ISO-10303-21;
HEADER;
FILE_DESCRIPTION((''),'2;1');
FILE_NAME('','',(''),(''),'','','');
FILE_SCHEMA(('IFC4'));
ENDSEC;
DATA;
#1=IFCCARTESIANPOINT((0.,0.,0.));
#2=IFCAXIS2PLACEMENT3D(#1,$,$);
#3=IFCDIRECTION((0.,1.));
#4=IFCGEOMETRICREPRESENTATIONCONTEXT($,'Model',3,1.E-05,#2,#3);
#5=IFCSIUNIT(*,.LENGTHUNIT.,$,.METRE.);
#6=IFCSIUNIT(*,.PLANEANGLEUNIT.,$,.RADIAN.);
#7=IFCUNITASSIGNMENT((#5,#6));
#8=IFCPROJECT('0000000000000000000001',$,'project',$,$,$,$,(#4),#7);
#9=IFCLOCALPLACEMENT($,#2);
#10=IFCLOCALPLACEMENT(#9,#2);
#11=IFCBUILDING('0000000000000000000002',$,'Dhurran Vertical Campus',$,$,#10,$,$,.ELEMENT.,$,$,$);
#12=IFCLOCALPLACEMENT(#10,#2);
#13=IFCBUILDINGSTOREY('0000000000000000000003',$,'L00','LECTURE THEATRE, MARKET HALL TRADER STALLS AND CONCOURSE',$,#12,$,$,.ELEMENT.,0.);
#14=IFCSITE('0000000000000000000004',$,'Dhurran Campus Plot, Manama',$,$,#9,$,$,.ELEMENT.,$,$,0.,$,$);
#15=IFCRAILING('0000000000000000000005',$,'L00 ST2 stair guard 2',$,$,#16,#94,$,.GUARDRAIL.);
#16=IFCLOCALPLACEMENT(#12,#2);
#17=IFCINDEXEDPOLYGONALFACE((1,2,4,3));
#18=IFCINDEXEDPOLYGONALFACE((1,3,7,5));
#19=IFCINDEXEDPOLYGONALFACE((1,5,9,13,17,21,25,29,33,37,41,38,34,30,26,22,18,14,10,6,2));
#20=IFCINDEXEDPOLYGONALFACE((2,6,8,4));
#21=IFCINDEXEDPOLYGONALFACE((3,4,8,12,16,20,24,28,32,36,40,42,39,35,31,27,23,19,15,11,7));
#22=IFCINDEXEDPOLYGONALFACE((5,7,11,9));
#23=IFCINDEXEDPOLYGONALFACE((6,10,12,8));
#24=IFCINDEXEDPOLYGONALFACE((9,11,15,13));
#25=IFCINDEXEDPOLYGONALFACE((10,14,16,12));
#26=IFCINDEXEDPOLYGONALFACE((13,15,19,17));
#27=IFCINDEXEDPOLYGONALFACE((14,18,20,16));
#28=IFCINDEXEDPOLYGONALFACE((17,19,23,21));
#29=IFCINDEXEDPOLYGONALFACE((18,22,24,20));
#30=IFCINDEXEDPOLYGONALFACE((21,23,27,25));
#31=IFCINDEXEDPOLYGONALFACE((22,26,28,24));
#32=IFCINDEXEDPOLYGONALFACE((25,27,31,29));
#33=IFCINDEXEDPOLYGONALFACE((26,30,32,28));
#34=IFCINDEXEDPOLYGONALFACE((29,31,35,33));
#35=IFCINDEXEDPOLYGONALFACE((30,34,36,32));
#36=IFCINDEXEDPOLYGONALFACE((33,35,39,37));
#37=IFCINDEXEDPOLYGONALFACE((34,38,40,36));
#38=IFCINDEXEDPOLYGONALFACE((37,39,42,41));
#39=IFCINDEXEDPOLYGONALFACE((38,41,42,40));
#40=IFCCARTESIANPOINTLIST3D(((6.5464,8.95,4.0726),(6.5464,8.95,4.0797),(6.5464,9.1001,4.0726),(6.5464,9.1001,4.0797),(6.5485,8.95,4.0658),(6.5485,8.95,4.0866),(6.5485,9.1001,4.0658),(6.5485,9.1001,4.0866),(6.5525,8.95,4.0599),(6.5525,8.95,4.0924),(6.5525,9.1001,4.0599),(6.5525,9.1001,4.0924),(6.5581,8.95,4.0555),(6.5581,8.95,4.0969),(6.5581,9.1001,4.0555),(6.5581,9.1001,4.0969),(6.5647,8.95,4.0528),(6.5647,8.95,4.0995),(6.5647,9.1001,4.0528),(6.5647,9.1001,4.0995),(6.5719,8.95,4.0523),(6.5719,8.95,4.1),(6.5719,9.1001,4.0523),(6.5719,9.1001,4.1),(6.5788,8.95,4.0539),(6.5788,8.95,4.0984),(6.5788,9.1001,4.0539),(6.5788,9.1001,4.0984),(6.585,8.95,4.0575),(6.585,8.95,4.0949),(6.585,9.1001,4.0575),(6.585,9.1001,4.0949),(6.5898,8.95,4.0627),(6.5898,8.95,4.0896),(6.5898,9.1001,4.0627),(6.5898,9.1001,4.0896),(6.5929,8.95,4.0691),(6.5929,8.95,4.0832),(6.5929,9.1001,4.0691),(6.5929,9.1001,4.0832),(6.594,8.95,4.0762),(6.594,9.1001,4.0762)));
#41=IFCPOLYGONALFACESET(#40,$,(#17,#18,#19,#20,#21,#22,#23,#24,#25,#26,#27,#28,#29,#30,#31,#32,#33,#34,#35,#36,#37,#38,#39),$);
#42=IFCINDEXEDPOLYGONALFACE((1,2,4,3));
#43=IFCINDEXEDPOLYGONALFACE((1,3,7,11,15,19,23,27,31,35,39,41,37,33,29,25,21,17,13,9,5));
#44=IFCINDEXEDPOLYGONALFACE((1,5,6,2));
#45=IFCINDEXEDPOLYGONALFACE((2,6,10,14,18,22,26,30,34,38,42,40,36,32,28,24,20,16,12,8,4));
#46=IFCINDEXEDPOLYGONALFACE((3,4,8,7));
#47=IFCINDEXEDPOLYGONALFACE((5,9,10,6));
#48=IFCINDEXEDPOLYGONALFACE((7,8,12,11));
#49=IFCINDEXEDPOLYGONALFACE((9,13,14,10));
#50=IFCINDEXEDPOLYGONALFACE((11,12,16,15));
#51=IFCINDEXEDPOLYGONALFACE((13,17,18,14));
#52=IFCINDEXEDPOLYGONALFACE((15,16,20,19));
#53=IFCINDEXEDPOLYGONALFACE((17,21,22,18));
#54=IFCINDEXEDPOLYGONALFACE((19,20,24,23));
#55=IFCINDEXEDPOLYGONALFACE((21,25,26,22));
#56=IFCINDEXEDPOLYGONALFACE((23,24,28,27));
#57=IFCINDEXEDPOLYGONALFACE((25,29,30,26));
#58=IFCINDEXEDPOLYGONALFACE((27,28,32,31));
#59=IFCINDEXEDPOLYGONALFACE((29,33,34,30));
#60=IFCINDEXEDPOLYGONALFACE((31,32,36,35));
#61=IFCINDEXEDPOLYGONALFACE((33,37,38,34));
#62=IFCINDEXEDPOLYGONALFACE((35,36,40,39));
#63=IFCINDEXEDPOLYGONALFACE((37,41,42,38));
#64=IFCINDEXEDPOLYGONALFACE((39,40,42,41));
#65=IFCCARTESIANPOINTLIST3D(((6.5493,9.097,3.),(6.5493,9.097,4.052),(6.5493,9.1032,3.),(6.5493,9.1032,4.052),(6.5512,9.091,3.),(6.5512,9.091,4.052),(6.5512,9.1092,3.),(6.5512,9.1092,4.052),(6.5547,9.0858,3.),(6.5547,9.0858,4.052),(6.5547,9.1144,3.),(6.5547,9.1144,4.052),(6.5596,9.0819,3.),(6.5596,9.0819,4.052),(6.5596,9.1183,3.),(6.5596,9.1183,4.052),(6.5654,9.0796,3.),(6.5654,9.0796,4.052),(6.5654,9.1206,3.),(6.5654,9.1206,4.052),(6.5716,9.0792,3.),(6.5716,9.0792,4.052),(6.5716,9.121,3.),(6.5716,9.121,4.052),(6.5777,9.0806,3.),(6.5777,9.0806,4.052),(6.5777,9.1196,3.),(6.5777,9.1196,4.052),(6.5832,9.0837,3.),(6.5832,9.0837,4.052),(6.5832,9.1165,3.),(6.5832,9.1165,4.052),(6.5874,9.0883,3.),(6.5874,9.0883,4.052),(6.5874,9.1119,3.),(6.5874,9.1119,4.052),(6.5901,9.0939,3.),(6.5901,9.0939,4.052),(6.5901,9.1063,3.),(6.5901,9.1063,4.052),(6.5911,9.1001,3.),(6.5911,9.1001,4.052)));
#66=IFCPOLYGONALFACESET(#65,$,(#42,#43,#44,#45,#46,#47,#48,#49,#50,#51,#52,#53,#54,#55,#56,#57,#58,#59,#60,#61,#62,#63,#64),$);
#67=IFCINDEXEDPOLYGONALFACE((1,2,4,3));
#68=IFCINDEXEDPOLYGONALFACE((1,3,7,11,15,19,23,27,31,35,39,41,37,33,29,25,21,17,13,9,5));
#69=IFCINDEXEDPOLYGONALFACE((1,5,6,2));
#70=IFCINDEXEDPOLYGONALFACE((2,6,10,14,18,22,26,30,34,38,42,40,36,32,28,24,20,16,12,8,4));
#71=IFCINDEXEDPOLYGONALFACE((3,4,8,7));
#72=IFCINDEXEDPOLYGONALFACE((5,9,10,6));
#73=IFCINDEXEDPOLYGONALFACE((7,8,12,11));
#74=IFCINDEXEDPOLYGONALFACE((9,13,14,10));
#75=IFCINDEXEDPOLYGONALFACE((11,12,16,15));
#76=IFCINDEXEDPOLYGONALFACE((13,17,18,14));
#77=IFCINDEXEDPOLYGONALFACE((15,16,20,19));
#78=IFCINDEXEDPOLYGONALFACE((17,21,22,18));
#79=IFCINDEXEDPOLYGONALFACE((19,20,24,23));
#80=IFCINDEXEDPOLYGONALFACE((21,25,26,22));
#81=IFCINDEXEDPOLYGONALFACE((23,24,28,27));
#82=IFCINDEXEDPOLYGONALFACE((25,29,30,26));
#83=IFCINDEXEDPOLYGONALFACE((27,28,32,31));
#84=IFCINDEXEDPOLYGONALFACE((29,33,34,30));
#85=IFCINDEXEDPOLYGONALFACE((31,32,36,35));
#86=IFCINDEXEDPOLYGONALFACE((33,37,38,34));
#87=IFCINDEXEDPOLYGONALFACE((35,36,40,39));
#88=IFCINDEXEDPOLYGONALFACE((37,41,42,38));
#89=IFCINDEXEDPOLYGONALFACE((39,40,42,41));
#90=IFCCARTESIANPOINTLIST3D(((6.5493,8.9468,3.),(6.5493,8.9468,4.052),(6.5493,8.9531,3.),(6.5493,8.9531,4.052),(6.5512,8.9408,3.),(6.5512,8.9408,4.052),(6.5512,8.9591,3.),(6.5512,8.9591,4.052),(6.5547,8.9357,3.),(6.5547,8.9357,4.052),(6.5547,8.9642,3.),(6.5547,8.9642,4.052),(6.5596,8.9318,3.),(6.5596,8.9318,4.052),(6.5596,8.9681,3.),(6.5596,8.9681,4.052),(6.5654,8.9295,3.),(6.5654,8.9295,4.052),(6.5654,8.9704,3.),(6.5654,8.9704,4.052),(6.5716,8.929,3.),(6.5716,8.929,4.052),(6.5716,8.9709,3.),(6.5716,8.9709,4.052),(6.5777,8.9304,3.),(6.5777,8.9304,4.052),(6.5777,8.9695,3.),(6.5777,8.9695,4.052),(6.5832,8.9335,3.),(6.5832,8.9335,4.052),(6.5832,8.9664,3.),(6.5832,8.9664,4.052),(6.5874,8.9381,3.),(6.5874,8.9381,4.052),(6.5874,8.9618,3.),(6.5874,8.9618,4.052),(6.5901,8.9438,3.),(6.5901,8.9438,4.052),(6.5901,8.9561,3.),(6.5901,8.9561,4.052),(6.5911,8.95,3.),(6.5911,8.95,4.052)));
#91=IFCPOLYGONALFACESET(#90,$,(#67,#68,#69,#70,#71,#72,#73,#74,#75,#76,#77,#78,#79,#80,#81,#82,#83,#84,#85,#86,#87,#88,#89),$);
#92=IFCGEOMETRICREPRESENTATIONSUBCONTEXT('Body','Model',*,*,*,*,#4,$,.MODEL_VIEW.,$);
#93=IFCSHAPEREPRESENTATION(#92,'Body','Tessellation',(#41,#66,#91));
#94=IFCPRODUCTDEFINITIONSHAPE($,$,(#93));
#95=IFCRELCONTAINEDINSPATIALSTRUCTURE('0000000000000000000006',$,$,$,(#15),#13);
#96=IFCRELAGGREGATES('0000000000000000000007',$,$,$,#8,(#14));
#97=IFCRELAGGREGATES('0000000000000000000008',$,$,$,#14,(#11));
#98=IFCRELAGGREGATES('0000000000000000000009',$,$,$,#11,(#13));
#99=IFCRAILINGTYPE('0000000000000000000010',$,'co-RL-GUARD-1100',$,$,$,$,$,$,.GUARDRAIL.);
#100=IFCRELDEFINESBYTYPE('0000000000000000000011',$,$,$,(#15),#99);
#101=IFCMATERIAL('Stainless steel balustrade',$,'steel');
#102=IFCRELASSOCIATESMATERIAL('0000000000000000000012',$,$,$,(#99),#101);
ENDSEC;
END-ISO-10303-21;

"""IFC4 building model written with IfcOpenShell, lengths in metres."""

from ifc_helpers import new_model, si_unit, direction, frame, origin, origin_2d, place, context, subcontext, project, spatial, circle, extrude, material, type_object, element, save


model = new_model("IFC4")

# Units and contexts
model_context = context("Model", 3, precision=1e-05, world=origin(), true_north=direction((0.0, 1.0)))
body_context = subcontext(model_context, "Body", "Model", "MODEL_VIEW")
ifc_project = project(units=[si_unit("LENGTHUNIT", "METRE"), si_unit("PLANEANGLEUNIT", "RADIAN")], contexts=[model_context])

# Site, building, storey
site_placement = place(None, origin())
site = spatial("IfcSite", under=ifc_project, at=site_placement, Name="Dhurran Campus Plot, Manama", CompositionType="ELEMENT", RefElevation=0.0)
building_placement = place(site_placement, origin())
building = spatial("IfcBuilding", under=site, at=building_placement, Name="Dhurran Vertical Campus", CompositionType="ELEMENT")
storey_placement = place(building_placement, origin())
storey = spatial("IfcBuildingStorey", under=building, at=storey_placement, Name="L00", Description="LECTURE THEATRE, MARKET HALL TRADER STALLS AND CONCOURSE", CompositionType="ELEMENT", Elevation=0.0)

# Railing
ifc_material_1 = material(Name="Stainless steel balustrade", Category="steel")
railing_type_1 = type_object("IfcRailingType", Name="co-RL-GUARD-1100", PredefinedType="GUARDRAIL", material=ifc_material_1)
railing_1_placement = place(storey_placement, frame((6.5701, 9.1001, 3.0)))
element("IfcRailing", 1, at=railing_1_placement, inside=storey, type_object=railing_type_1, Name="L00 ST2 stair guard 2", PredefinedType="GUARDRAIL", context=body_context, shape_type="SweptSolid", body=[
    extrude(circle(Radius=0.0239, at=origin_2d()), frame((0.0, 0.0, 1.0762), z_axis=(0.0, -1.0, 0.0), x_axis=(1.0, 0.0, 0.0)), (0.0, 0.0, 1.0), 0.1501),
    extrude(circle(Radius=0.021, at=origin_2d()), origin(), (0.0, 0.0, 1.0), 1.052),
    extrude(circle(Radius=0.021, at=origin_2d()), frame((0.0, -0.1501, 0.0)), (0.0, 0.0, 1.0), 1.052),
])

save(model, "model.ifc")
